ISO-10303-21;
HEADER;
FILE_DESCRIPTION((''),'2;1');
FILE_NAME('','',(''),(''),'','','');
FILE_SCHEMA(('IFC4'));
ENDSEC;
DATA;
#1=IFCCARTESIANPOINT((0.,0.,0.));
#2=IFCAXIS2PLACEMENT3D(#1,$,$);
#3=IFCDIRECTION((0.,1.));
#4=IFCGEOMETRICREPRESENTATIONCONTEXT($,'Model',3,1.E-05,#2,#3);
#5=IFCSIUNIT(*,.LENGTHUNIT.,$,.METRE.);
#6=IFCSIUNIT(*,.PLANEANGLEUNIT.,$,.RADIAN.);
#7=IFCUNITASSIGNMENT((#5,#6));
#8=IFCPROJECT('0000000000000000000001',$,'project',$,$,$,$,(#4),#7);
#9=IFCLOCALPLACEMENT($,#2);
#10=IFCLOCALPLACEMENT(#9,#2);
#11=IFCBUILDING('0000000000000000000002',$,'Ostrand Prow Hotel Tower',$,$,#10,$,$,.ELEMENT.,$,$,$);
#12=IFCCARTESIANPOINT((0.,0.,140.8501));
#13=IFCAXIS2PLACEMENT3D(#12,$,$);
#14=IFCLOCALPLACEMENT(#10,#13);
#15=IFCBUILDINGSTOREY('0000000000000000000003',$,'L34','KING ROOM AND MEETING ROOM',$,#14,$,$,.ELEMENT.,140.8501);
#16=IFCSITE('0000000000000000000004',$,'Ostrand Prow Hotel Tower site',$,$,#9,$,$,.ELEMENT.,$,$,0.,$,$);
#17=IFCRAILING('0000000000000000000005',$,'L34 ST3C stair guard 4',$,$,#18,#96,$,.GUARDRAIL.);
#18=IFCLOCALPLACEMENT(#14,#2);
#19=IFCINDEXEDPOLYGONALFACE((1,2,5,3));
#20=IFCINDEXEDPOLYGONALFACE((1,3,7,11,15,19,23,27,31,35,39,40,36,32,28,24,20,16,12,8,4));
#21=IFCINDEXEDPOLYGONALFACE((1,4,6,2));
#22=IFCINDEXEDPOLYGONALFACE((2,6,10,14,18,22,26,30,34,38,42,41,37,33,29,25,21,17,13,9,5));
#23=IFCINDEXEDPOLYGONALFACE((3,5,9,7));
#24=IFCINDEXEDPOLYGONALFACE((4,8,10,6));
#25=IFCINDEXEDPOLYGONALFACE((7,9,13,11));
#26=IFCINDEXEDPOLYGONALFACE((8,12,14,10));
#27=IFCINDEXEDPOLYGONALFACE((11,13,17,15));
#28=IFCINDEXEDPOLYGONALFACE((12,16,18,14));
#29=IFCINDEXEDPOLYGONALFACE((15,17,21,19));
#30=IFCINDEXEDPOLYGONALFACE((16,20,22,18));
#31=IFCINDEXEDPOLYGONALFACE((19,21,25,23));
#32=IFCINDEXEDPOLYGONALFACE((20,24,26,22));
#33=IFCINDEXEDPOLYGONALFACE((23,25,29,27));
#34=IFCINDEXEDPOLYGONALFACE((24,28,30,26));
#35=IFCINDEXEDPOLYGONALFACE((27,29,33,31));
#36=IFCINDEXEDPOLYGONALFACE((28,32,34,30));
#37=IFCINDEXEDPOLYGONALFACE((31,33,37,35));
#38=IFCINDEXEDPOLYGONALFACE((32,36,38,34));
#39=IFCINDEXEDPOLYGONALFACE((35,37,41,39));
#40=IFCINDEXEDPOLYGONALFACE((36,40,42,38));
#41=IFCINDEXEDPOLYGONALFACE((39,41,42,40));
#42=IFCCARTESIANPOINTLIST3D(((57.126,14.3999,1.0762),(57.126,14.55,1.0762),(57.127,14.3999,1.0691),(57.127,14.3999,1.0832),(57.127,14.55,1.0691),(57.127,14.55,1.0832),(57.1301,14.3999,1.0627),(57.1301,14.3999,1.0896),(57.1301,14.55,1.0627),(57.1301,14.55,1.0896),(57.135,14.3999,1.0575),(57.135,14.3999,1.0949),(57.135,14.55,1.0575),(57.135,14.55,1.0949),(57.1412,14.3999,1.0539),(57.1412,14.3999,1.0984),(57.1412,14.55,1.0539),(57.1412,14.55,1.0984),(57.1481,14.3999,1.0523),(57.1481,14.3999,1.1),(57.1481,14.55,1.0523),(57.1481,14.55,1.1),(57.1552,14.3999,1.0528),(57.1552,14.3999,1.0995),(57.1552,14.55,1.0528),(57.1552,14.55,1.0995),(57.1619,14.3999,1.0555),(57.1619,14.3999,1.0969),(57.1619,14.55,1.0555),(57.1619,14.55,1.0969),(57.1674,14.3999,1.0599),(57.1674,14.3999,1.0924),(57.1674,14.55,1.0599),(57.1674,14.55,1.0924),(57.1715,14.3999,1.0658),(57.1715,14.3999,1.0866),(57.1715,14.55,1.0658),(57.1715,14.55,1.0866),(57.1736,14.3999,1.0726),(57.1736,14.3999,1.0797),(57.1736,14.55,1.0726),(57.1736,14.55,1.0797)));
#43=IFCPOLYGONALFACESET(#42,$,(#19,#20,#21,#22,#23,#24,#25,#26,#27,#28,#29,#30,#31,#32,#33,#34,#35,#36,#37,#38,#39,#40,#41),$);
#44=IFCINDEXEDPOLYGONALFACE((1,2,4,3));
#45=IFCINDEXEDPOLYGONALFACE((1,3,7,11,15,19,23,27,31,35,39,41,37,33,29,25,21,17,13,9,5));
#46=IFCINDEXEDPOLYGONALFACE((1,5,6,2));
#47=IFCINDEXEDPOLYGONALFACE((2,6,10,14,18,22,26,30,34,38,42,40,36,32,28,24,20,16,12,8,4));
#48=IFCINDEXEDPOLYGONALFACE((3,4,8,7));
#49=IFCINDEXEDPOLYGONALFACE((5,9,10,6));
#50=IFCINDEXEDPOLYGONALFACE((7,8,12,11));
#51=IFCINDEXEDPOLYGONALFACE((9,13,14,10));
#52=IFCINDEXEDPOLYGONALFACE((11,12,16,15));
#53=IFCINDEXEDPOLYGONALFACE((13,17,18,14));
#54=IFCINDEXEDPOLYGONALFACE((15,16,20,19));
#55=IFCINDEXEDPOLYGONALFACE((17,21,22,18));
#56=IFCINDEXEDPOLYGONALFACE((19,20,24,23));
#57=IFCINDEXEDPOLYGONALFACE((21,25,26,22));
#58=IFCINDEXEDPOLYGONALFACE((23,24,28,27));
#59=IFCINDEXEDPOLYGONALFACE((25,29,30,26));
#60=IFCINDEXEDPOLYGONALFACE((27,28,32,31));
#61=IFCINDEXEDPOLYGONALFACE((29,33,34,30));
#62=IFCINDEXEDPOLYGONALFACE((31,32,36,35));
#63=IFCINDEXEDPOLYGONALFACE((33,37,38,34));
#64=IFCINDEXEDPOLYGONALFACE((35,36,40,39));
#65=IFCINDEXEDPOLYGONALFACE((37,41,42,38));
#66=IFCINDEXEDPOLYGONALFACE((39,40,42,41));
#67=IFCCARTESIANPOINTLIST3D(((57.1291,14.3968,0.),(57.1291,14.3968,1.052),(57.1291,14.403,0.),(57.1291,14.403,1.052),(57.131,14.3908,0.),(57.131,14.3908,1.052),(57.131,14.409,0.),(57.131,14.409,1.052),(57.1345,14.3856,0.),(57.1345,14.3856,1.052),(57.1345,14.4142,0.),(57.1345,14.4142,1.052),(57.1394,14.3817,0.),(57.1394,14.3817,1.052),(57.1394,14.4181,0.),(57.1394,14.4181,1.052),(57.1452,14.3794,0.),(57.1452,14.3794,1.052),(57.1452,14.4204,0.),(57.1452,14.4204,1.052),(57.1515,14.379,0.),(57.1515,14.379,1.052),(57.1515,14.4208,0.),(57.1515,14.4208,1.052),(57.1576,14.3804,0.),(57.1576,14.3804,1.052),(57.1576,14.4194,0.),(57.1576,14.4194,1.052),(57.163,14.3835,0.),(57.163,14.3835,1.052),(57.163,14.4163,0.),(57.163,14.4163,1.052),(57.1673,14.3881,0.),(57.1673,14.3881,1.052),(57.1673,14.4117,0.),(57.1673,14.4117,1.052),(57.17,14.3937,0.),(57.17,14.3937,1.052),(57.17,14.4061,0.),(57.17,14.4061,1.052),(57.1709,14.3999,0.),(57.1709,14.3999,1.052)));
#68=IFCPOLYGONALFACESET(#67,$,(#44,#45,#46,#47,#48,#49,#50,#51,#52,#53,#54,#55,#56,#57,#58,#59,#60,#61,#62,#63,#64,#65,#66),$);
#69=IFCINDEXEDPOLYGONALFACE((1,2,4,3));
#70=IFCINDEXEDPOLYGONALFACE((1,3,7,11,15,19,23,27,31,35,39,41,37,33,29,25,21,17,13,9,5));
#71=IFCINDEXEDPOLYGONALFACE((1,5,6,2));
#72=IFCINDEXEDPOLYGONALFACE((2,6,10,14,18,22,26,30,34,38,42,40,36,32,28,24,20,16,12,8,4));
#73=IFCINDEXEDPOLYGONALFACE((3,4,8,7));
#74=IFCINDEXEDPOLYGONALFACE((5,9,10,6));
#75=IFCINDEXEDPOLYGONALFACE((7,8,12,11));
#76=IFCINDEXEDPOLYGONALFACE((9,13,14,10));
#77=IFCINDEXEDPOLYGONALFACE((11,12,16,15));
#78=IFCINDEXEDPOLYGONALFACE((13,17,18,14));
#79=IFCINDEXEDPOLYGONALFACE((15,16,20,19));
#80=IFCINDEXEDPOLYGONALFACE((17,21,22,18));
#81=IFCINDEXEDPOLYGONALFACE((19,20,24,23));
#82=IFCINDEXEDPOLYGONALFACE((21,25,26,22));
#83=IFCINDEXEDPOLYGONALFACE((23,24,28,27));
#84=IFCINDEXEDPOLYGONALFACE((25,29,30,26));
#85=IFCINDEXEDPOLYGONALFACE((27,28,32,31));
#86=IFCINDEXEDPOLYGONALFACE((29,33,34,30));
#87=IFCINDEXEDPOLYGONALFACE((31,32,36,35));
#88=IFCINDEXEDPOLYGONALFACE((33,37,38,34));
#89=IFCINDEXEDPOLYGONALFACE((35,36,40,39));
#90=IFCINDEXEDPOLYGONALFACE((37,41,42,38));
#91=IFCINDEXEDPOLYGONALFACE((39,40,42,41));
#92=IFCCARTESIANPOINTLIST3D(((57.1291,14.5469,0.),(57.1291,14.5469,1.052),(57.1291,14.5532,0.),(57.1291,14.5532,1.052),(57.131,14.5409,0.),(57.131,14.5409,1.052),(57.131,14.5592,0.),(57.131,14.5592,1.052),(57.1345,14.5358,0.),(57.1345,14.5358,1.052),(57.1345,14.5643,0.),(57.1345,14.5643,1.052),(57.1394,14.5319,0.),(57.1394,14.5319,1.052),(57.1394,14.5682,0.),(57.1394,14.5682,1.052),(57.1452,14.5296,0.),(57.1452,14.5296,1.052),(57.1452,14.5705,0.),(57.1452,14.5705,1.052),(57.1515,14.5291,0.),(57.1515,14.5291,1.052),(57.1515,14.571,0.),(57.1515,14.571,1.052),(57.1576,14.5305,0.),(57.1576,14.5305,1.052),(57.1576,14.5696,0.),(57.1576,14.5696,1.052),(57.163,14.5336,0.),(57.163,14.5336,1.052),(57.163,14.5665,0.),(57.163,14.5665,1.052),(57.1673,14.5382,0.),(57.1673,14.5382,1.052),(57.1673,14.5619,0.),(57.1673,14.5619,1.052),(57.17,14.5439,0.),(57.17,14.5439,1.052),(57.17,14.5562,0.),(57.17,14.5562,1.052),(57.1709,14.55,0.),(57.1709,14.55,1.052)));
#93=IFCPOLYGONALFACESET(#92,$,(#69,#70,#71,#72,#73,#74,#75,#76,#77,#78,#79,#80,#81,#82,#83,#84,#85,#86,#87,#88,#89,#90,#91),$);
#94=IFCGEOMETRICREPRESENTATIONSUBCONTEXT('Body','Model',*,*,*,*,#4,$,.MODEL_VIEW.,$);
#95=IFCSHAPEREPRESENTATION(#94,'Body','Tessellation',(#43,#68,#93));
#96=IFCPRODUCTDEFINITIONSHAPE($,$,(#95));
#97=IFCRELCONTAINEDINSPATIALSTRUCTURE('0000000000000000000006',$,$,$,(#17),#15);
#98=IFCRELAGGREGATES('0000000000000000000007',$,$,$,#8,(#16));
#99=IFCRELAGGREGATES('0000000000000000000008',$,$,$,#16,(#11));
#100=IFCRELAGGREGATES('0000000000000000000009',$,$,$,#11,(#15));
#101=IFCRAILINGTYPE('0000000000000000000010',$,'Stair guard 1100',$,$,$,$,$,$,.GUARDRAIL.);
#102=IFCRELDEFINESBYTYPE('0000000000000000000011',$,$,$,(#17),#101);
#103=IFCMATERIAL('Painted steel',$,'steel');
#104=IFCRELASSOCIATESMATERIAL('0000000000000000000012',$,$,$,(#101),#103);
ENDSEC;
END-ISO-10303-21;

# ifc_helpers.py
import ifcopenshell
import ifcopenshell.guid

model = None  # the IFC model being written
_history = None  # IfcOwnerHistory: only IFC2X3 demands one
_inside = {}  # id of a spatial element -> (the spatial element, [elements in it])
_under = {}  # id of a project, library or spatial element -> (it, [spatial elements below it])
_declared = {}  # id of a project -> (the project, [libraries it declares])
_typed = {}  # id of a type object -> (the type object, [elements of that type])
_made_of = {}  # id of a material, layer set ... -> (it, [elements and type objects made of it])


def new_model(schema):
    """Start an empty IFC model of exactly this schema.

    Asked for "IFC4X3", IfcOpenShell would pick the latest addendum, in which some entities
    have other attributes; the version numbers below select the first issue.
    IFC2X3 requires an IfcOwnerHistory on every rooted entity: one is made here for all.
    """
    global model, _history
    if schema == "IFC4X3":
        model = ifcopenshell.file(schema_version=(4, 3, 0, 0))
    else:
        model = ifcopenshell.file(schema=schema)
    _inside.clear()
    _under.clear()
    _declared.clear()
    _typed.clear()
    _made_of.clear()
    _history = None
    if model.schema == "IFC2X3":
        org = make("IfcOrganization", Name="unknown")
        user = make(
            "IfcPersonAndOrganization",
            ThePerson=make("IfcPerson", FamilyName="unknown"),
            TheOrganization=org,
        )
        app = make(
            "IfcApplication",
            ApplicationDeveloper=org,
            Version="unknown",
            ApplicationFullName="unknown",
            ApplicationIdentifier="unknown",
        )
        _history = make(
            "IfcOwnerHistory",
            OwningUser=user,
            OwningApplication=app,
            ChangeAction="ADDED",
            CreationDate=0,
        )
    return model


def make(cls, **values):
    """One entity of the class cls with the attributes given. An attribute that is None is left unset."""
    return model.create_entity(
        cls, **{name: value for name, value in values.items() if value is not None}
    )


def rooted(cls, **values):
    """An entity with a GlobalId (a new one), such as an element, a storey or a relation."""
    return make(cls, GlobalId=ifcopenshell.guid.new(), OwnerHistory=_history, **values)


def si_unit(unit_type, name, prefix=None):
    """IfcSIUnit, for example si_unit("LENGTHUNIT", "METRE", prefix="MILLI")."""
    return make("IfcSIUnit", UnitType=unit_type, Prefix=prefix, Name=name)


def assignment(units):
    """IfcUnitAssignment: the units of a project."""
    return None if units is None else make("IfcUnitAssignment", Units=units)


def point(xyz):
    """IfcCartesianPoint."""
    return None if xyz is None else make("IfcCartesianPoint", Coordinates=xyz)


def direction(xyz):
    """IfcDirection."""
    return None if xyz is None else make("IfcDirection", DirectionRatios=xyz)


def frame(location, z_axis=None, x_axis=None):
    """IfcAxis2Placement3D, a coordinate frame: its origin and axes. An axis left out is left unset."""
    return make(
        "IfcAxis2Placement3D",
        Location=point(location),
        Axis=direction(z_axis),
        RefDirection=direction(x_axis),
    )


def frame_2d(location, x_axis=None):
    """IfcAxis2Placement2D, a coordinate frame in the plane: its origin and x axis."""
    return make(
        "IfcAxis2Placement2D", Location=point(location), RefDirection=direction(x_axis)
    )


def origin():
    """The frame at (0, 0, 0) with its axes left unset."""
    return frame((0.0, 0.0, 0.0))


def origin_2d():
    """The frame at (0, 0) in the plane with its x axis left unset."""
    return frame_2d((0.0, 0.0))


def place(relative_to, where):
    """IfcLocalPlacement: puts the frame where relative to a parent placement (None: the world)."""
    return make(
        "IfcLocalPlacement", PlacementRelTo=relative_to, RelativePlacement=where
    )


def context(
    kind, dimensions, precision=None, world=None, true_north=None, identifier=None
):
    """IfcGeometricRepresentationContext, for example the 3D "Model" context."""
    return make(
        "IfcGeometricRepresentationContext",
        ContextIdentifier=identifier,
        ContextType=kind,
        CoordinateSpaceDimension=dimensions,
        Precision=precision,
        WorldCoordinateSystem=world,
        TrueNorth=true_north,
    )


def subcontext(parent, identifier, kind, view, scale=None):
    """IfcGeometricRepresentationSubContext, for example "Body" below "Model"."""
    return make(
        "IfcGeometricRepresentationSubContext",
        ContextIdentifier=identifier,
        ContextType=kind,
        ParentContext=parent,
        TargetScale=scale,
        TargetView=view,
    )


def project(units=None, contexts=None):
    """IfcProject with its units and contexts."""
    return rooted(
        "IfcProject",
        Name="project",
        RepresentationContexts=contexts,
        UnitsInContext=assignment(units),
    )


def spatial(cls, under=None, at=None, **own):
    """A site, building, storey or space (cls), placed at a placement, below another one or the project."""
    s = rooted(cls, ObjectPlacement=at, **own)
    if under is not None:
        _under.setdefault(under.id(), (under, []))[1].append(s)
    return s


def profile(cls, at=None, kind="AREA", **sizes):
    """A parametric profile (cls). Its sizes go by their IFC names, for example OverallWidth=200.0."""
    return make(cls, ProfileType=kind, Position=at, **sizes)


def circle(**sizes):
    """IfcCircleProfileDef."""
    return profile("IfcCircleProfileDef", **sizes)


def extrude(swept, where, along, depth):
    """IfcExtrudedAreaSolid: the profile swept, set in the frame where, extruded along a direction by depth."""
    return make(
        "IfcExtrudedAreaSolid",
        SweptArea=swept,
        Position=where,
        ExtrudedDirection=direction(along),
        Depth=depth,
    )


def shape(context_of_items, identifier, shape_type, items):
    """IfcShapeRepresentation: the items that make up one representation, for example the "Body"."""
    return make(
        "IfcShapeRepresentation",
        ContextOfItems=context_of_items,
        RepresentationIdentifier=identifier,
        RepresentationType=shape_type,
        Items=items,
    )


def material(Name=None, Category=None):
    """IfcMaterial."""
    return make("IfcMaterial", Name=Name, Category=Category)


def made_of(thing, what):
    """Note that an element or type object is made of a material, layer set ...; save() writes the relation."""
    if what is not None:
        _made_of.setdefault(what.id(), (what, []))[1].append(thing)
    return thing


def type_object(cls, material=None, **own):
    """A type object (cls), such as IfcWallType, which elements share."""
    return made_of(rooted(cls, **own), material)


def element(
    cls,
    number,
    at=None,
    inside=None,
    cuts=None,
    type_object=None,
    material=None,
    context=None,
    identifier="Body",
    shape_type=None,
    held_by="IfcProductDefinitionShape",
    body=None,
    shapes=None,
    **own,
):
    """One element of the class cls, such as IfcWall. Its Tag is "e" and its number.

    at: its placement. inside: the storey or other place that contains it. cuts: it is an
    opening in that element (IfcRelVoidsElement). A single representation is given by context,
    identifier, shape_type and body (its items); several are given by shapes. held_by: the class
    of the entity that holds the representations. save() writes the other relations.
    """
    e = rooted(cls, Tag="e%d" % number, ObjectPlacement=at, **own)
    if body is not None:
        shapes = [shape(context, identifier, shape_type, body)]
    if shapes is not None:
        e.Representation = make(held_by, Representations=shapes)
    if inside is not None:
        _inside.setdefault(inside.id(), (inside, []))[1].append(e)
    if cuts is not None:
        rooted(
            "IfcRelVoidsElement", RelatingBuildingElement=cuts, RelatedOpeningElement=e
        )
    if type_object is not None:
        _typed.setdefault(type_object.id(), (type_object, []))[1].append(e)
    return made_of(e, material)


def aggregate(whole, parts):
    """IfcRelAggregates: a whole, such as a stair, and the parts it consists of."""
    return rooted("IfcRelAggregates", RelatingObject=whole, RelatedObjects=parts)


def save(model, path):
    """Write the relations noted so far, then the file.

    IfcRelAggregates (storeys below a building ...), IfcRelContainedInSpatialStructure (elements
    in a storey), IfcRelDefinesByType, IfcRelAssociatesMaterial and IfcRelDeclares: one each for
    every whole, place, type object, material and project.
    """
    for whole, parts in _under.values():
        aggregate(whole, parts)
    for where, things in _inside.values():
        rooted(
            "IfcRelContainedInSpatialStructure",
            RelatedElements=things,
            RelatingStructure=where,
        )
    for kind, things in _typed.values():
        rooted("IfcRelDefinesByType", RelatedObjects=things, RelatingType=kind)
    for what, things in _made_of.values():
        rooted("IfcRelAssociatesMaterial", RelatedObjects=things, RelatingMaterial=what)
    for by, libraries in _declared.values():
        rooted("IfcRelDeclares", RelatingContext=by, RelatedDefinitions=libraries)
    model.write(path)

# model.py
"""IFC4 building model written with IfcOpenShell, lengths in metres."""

from ifc_helpers import new_model, si_unit, direction, frame, origin, origin_2d, place, context, subcontext, project, spatial, circle, extrude, material, type_object, element, save


model = new_model("IFC4")

# Units and contexts
model_context = context("Model", 3, precision=1e-05, world=origin(), true_north=direction((0.0, 1.0)))
body_context = subcontext(model_context, "Body", "Model", "MODEL_VIEW")
ifc_project = project(units=[si_unit("LENGTHUNIT", "METRE"), si_unit("PLANEANGLEUNIT", "RADIAN")], contexts=[model_context])

# Site, building, storey
site_placement = place(None, origin())
site = spatial("IfcSite", under=ifc_project, at=site_placement, Name="Ostrand Prow Hotel Tower site", CompositionType="ELEMENT", RefElevation=0.0)
building_placement = place(site_placement, origin())
building = spatial("IfcBuilding", under=site, at=building_placement, Name="Ostrand Prow Hotel Tower", CompositionType="ELEMENT")
storey_placement = place(building_placement, frame((0.0, 0.0, 140.8501)))
storey = spatial("IfcBuildingStorey", under=building, at=storey_placement, Name="L34", Description="KING ROOM AND MEETING ROOM", CompositionType="ELEMENT", Elevation=140.8501)

# Railing
ifc_material_1 = material(Name="Painted steel", Category="steel")
railing_type_1 = type_object("IfcRailingType", Name="Stair guard 1100", PredefinedType="GUARDRAIL", material=ifc_material_1)
railing_1_placement = place(storey_placement, frame((57.1499, 14.3999, 0.0)))
element("IfcRailing", 1, at=railing_1_placement, inside=storey, type_object=railing_type_1, Name="L34 ST3C stair guard 4", PredefinedType="GUARDRAIL", context=body_context, shape_type="SweptSolid", body=[
    extrude(circle(Radius=0.0239, at=origin_2d()), frame((0.0, 0.0, 1.0762), z_axis=(0.0, 1.0, 0.0), x_axis=(-1.0, 0.0, 0.0)), (0.0, 0.0, 1.0), 0.1501),
    extrude(circle(Radius=0.021, at=origin_2d()), origin(), (0.0, 0.0, 1.0), 1.052),
    extrude(circle(Radius=0.021, at=origin_2d()), frame((0.0, 0.1501, 0.0)), (0.0, 0.0, 1.0), 1.052),
])

save(model, "model.ifc")
